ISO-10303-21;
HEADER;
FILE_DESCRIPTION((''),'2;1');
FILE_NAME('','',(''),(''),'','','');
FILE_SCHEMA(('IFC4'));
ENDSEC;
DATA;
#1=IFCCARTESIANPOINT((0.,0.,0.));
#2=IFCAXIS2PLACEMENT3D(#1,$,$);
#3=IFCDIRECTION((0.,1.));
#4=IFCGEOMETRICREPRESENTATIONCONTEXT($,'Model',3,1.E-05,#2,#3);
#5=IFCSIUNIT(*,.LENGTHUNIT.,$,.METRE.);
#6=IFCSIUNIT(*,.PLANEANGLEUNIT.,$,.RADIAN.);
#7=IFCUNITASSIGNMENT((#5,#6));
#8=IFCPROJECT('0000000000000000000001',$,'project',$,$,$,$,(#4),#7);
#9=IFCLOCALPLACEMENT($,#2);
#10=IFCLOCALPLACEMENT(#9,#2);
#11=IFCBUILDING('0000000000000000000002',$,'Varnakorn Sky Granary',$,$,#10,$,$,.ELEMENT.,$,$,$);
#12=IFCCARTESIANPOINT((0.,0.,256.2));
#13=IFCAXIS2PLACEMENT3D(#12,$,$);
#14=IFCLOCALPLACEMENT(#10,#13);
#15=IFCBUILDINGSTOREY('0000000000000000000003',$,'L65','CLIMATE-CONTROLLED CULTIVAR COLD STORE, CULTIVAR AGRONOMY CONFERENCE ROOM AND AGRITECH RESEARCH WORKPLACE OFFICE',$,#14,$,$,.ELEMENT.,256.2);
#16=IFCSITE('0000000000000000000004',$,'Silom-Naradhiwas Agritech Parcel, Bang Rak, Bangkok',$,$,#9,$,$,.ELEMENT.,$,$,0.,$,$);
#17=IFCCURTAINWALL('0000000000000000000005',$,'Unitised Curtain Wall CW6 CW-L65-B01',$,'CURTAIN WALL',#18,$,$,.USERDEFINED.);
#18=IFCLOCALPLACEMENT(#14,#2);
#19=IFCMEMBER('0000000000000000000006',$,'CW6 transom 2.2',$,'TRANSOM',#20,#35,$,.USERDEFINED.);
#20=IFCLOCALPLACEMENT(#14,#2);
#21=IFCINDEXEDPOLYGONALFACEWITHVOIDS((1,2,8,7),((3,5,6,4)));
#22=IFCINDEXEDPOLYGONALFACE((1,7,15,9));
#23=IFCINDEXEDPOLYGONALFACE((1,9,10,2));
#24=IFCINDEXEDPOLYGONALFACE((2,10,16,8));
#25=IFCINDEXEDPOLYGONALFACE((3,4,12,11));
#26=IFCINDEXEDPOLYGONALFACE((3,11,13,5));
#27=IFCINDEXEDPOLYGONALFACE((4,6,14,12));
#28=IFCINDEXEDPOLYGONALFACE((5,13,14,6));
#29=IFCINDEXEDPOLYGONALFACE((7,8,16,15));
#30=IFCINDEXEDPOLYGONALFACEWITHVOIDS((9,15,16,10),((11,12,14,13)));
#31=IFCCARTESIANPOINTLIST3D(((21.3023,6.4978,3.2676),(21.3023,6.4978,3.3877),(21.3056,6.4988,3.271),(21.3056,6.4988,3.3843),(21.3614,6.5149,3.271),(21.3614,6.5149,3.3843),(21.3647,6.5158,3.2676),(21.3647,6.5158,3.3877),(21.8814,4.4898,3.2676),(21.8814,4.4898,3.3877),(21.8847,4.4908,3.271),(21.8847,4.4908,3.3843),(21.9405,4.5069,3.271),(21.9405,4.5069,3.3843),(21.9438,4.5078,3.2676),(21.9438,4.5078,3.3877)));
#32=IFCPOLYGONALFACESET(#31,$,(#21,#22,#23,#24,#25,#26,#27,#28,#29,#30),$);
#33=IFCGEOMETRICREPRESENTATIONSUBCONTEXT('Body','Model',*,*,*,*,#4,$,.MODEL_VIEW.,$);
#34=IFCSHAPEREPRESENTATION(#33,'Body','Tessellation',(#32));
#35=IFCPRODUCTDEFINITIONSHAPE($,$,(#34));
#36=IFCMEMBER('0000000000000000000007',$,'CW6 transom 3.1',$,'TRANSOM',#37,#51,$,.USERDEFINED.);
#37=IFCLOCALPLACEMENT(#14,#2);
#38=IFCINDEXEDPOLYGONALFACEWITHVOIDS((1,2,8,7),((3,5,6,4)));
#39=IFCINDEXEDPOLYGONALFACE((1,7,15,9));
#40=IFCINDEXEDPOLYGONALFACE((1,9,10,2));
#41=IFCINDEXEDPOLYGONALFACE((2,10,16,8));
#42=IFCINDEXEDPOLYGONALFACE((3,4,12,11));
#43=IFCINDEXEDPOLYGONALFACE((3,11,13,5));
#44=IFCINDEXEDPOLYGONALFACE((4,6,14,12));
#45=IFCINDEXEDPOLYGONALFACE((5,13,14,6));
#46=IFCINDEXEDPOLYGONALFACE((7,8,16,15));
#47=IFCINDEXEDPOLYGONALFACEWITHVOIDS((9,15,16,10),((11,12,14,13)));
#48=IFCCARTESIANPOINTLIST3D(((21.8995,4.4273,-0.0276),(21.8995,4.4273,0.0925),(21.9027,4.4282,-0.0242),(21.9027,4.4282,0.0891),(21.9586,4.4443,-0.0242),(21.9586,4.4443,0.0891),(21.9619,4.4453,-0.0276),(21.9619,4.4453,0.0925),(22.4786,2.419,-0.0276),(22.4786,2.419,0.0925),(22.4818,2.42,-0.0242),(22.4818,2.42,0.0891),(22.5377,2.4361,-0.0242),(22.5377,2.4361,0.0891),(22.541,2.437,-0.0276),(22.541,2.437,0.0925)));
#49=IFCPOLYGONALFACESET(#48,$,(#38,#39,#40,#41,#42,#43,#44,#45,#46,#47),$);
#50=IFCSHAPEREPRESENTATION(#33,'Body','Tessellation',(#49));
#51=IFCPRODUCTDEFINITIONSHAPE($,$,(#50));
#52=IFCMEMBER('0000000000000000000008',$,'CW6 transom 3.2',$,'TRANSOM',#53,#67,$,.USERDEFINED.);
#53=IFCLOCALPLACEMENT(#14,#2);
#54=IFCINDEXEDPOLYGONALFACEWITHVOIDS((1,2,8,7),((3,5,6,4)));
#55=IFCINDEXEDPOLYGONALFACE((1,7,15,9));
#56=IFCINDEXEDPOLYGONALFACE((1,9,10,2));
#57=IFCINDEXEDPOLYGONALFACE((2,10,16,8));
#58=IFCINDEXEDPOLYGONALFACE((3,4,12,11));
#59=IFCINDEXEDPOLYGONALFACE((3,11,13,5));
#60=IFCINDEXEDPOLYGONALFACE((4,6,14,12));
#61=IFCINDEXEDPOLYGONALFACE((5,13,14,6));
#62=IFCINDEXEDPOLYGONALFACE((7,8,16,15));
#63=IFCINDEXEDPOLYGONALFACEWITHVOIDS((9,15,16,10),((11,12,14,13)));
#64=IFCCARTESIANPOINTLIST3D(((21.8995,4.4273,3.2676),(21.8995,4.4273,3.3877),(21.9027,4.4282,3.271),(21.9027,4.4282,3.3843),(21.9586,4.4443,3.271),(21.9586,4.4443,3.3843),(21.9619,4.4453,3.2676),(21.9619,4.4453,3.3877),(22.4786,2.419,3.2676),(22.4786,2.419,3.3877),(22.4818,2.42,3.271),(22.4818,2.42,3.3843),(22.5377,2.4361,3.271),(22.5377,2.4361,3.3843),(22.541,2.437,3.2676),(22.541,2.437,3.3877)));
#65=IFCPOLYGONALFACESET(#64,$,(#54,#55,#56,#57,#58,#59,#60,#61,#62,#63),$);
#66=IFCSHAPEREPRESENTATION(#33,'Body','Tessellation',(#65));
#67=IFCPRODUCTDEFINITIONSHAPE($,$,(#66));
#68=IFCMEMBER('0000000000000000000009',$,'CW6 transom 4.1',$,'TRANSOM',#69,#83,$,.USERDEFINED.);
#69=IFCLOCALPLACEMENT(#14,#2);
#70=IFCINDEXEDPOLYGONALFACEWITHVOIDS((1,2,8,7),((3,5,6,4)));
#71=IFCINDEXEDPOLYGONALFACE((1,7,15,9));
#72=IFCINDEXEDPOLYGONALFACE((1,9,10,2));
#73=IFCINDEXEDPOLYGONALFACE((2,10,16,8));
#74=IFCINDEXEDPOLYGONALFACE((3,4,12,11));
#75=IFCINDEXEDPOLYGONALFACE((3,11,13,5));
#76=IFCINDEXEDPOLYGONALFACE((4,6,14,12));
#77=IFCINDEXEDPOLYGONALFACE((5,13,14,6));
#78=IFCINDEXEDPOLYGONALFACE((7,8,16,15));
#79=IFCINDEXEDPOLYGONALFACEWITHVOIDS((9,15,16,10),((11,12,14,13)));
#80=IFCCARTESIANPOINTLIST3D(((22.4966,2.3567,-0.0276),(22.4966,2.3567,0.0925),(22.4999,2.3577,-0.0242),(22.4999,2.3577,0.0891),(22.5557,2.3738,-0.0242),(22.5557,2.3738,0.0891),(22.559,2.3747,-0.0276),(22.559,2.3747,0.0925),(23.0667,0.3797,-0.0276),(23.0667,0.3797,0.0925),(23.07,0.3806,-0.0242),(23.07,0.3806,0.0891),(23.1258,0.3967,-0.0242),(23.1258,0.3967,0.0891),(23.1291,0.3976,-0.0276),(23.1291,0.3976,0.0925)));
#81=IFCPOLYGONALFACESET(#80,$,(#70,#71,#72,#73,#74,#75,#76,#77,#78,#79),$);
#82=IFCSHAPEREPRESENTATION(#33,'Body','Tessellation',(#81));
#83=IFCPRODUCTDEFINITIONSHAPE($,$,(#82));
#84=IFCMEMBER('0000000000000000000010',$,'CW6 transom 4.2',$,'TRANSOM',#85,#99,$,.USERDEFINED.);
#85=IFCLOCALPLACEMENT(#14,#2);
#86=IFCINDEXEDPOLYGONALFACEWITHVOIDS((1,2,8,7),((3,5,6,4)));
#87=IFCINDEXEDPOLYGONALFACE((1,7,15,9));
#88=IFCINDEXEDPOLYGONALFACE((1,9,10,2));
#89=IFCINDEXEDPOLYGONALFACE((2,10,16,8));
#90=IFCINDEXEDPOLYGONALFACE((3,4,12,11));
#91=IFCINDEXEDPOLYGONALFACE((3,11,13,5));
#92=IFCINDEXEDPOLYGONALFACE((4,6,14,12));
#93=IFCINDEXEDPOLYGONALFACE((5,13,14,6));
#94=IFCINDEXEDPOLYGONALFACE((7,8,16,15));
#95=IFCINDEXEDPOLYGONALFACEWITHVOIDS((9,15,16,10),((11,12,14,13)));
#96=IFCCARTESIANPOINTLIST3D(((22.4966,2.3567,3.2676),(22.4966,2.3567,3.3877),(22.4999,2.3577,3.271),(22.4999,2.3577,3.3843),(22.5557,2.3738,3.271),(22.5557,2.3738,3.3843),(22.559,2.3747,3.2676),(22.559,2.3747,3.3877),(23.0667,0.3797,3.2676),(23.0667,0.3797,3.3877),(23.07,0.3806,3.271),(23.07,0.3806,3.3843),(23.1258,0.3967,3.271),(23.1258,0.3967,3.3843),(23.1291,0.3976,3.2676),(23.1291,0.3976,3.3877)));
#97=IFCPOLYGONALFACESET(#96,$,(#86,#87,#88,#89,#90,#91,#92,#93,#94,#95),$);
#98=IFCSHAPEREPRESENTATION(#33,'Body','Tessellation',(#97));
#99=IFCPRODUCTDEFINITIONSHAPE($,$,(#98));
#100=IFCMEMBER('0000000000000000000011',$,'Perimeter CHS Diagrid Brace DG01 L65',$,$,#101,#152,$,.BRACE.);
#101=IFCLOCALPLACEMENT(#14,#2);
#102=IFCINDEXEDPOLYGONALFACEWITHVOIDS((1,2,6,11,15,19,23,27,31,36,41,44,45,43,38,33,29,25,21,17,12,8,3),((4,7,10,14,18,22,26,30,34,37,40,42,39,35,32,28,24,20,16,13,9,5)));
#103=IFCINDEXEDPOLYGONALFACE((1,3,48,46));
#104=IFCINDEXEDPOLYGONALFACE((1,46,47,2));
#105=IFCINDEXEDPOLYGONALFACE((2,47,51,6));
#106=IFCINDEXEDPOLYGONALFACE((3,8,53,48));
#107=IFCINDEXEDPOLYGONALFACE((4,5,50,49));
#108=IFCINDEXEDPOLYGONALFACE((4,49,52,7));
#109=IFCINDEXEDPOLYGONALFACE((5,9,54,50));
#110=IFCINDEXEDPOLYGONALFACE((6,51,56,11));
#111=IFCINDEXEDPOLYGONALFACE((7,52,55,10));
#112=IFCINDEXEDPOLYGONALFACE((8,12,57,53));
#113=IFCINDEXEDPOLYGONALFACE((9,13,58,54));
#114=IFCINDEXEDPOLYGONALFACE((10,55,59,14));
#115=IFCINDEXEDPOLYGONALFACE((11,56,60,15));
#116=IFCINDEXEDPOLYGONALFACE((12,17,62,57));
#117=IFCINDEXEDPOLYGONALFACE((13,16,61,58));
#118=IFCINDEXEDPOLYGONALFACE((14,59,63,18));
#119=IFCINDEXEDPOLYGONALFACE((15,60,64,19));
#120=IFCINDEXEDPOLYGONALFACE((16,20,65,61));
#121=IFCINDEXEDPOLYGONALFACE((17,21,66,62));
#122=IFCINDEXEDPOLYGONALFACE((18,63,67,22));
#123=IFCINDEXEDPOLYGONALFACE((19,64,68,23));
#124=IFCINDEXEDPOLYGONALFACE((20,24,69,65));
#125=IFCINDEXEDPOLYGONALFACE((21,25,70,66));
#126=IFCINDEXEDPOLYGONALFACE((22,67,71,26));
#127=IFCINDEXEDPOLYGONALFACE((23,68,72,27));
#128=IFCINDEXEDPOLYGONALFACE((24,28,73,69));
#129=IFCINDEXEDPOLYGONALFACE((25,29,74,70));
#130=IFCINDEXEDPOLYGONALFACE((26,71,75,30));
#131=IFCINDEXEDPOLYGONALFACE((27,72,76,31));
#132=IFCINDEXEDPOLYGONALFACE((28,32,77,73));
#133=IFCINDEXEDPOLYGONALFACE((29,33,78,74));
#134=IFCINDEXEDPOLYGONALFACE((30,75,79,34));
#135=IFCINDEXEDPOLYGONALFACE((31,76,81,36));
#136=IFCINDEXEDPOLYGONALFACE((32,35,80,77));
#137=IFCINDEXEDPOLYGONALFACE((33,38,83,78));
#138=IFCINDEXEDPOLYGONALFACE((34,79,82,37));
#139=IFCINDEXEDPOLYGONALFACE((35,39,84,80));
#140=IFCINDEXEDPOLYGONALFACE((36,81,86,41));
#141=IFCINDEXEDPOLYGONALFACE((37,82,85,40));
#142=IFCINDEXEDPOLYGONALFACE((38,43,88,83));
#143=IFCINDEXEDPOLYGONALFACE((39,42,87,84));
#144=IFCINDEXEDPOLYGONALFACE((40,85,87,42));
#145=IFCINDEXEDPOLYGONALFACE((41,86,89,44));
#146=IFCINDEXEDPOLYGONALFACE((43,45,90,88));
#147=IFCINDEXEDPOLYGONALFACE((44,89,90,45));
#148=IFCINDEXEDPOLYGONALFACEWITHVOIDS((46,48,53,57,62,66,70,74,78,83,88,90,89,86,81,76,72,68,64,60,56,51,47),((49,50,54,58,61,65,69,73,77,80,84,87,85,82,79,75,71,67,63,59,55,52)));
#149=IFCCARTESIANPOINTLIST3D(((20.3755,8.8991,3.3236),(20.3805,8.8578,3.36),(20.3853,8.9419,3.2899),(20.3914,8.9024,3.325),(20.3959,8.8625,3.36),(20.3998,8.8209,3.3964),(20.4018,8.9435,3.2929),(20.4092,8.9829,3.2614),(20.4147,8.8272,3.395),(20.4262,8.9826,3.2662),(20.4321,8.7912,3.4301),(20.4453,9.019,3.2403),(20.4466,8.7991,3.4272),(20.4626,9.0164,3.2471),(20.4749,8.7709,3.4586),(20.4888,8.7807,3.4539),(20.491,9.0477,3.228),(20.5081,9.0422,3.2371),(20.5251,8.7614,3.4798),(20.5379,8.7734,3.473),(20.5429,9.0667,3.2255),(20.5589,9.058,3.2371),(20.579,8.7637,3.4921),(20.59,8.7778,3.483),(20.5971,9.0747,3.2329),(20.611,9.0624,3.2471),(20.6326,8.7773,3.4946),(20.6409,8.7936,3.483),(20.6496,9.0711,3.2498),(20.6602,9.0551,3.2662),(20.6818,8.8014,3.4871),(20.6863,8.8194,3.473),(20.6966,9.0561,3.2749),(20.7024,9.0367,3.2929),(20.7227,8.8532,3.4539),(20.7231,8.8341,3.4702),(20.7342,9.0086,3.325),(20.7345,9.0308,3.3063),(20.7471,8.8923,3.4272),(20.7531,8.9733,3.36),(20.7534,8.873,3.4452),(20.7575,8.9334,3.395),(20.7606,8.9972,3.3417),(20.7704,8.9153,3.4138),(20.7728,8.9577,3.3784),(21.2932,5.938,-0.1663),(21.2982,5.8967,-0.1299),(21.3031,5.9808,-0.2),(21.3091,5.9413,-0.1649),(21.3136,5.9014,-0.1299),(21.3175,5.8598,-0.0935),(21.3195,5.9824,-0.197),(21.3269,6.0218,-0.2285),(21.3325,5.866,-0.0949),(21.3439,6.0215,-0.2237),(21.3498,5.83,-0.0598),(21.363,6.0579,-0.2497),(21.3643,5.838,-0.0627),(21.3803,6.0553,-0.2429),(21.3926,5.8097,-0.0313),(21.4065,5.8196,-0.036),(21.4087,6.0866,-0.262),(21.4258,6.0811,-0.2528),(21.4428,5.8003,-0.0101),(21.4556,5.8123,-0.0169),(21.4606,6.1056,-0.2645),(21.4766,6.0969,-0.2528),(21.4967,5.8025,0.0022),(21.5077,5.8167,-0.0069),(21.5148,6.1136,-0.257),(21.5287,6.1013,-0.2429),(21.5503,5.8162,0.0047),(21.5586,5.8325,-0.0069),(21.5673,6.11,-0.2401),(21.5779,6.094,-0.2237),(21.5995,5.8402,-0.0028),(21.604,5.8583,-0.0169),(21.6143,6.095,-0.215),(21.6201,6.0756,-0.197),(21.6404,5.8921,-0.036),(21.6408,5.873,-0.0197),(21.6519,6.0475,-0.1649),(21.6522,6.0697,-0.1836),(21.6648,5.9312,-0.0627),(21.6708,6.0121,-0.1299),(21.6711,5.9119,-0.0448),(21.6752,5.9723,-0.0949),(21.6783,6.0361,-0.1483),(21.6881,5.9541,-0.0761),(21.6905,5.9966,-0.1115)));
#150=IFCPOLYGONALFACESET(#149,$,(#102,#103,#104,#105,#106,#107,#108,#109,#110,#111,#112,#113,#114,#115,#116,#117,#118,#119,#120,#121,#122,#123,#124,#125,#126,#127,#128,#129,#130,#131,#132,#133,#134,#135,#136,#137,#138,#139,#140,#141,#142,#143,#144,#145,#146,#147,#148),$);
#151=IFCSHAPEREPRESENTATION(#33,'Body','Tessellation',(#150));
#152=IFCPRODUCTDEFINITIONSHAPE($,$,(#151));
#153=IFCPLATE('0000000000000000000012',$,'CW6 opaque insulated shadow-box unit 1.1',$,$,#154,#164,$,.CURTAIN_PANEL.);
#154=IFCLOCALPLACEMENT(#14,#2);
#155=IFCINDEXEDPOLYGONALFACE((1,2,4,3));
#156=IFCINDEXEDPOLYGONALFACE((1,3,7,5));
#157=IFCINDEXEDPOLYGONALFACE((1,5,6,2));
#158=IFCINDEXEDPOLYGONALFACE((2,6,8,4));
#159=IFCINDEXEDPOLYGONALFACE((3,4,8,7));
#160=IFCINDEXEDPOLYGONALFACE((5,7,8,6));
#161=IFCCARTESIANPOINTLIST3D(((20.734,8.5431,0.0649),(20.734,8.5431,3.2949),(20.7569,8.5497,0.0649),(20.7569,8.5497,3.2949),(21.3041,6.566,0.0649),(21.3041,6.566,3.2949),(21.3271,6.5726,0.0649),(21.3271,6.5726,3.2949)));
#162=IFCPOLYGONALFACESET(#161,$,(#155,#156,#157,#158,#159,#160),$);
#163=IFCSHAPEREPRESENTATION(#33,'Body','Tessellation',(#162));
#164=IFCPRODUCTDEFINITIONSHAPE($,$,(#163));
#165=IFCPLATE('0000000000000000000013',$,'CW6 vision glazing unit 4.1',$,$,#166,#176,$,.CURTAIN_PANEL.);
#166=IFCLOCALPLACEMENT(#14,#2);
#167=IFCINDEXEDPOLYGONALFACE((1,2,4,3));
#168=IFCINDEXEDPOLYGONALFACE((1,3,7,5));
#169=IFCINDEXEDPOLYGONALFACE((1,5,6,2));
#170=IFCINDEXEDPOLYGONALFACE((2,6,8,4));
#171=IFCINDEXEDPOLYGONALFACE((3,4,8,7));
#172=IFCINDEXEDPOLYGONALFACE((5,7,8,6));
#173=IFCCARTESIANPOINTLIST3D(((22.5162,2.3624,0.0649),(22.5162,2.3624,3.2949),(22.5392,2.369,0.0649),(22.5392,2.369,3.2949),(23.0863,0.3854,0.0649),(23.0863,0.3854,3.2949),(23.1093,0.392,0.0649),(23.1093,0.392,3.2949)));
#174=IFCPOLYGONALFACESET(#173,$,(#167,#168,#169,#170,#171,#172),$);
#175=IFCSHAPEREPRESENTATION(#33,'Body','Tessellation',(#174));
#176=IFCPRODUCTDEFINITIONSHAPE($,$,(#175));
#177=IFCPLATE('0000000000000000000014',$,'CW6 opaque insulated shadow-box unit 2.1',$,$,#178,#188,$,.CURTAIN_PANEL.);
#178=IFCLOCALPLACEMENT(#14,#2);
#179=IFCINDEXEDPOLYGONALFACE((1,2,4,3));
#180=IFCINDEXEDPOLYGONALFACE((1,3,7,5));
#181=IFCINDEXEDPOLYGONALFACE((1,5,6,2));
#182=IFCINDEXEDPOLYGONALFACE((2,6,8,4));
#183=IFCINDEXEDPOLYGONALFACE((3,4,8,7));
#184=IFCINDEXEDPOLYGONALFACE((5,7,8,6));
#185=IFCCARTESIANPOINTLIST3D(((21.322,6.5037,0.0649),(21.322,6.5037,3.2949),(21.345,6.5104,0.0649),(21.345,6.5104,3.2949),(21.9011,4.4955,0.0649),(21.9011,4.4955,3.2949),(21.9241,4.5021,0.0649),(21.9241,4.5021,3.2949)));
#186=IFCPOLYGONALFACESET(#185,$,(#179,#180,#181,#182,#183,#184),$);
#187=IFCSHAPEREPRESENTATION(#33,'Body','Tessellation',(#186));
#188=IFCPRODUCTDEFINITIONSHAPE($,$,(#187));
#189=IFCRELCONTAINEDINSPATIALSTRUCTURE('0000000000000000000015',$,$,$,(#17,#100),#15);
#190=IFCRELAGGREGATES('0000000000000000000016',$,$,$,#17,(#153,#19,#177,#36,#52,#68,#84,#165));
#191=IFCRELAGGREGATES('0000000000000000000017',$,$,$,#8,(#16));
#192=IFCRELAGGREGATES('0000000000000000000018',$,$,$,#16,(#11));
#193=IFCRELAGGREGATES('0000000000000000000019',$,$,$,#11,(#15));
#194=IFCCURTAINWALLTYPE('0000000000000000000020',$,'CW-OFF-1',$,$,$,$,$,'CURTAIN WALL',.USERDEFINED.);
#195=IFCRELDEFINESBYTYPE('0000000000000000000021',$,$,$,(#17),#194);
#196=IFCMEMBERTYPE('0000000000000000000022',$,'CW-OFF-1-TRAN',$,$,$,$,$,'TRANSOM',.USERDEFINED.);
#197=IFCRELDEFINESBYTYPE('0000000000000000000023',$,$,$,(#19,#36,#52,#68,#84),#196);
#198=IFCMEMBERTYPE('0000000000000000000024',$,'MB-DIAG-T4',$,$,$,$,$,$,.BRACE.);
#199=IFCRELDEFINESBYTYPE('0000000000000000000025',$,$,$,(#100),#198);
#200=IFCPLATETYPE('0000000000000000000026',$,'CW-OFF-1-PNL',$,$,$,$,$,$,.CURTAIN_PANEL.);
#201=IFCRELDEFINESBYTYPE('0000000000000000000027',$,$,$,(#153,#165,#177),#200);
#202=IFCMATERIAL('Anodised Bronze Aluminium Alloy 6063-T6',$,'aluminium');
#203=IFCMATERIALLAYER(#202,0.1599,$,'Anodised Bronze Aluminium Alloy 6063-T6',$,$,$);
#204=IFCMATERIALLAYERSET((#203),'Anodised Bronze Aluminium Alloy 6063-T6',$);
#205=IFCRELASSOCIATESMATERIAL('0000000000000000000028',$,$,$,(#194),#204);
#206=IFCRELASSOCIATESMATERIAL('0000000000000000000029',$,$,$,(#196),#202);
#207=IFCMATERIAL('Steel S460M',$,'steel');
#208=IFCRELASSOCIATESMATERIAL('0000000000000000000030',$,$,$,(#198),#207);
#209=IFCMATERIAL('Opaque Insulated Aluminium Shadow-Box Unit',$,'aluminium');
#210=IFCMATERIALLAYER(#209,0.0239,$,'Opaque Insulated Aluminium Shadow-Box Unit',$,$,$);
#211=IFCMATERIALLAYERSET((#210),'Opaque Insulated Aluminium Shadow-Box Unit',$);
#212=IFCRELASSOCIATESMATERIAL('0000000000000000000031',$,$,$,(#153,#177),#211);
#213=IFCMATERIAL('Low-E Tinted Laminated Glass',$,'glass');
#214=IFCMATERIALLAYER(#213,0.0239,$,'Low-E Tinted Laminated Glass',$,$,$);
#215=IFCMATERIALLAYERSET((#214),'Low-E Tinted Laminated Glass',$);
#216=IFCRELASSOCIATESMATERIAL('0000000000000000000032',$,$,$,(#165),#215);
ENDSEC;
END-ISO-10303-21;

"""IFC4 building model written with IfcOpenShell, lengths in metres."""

from ifc_helpers import new_model, si_unit, direction, frame, origin, origin_2d, place, context, subcontext, project, spatial, rectangle, hollow_rectangle, hollow_circle, extrude, source, transform, mapped, material, layer, layer_set, material_profile, profile_set, type_object, type_shapes, element, aggregate, save


model = new_model("IFC4")

# Units and contexts
model_context = context("Model", 3, precision=1e-05, world=origin(), true_north=direction((0.0, 1.0)))
body_context = subcontext(model_context, "Body", "Model", "MODEL_VIEW")
ifc_project = project(units=[si_unit("LENGTHUNIT", "METRE"), si_unit("PLANEANGLEUNIT", "RADIAN")], contexts=[model_context])

# Site, building, storey
site_placement = place(None, origin())
site = spatial("IfcSite", under=ifc_project, at=site_placement, Name="Silom-Naradhiwas Agritech Parcel, Bang Rak, Bangkok", CompositionType="ELEMENT", RefElevation=0.0)
building_placement = place(site_placement, origin())
building = spatial("IfcBuilding", under=site, at=building_placement, Name="Varnakorn Sky Granary", CompositionType="ELEMENT")
storey_placement = place(building_placement, frame((0.0, 0.0, 256.2)))
storey = spatial("IfcBuildingStorey", under=building, at=storey_placement, Name="L65", Description="CLIMATE-CONTROLLED CULTIVAR COLD STORE, CULTIVAR AGRONOMY CONFERENCE ROOM AND AGRITECH RESEARCH WORKPLACE OFFICE", CompositionType="ELEMENT", Elevation=256.2)

# Shared definitions
ifc_material_1 = material(Name="Steel S460M", Category="steel")

# Curtain wall, members
ifc_material_2 = material(Name="Anodised Bronze Aluminium Alloy 6063-T6", Category="aluminium")
ifc_layer_1 = layer(ifc_material_2, 0.1599, Name="Anodised Bronze Aluminium Alloy 6063-T6")
ifc_layer_set_1 = layer_set([ifc_layer_1], Name="Anodised Bronze Aluminium Alloy 6063-T6")
curtain_wall_type = type_object("IfcCurtainWallType", Name="CW-OFF-1", ElementType="CURTAIN WALL", PredefinedType="USERDEFINED", material=ifc_layer_set_1)
curtain_wall_placement = place(storey_placement, origin())
curtain_wall = element("IfcCurtainWall", 1, at=curtain_wall_placement, inside=storey, type_object=curtain_wall_type, Name="Unitised Curtain Wall CW6 CW-L65-B01", ObjectType="CURTAIN WALL", PredefinedType="USERDEFINED")
ifc_material_profile_1 = material_profile(ifc_material_2, hollow_rectangle(XDim=0.0649, YDim=0.1201, WallThickness=0.0034, at=origin_2d()), Name="ALU TRAN 65x120")
ifc_profile_set_1 = profile_set([ifc_material_profile_1], Name="Anodised Bronze Aluminium Alloy 6063-T6")
member_type_1 = type_object("IfcMemberType", Name="CW-OFF-1-TRAN", ElementType="TRANSOM", PredefinedType="USERDEFINED", material=ifc_profile_set_1)
member_1_placement = place(storey_placement, frame((21.3335, 6.5068, 3.3276), z_axis=(0.277096, -0.960842, 0.0), x_axis=(0.960842, 0.277096, 0.0)))
member_1 = element("IfcMember", 2, at=member_1_placement, type_object=member_type_1, Name="CW6 transom 2.2", ObjectType="TRANSOM", PredefinedType="USERDEFINED", context=body_context, shape_type="SweptSolid", body=[
    extrude(hollow_rectangle(XDim=0.0649, YDim=0.1201, WallThickness=0.0034, at=origin_2d()), origin(), (0.0, 0.0, 1.0), 2.0898),
])
member_2_placement = place(storey_placement, frame((21.9307, 4.4363, 0.0325), z_axis=(0.277065, -0.960851, 0.0), x_axis=(0.960851, 0.277065, 0.0)))
member_2 = element("IfcMember", 3, at=member_2_placement, type_object=member_type_1, Name="CW6 transom 3.1", ObjectType="TRANSOM", PredefinedType="USERDEFINED", context=body_context, shape_type="SweptSolid", body=[
    extrude(hollow_rectangle(XDim=0.0649, YDim=0.1201, WallThickness=0.0034, at=origin_2d()), origin(), (0.0, 0.0, 1.0), 2.0901),
])
member_3_placement = place(storey_placement, frame((21.9307, 4.4363, 3.3276), z_axis=(0.277065, -0.960851, 0.0), x_axis=(0.960851, 0.277065, 0.0)))
member_3 = element("IfcMember", 4, at=member_3_placement, type_object=member_type_1, Name="CW6 transom 3.2", ObjectType="TRANSOM", PredefinedType="USERDEFINED", context=body_context, shape_type="SweptSolid", body=[
    extrude(hollow_rectangle(XDim=0.0649, YDim=0.1201, WallThickness=0.0034, at=origin_2d()), origin(), (0.0, 0.0, 1.0), 2.0901),
])
member_4_placement = place(storey_placement, frame((22.5278, 2.3657, 0.0325), z_axis=(0.277055, -0.960854, 0.0), x_axis=(0.960854, 0.277055, 0.0)))
member_4 = element("IfcMember", 5, at=member_4_placement, type_object=member_type_1, Name="CW6 transom 4.1", ObjectType="TRANSOM", PredefinedType="USERDEFINED", context=body_context, shape_type="SweptSolid", body=[
    extrude(hollow_rectangle(XDim=0.0649, YDim=0.1201, WallThickness=0.0034, at=origin_2d()), origin(), (0.0, 0.0, 1.0), 2.0576),
])
member_5_placement = place(storey_placement, frame((22.5278, 2.3657, 3.3276), z_axis=(0.277055, -0.960854, 0.0), x_axis=(0.960854, 0.277055, 0.0)))
member_5 = element("IfcMember", 6, at=member_5_placement, type_object=member_type_1, Name="CW6 transom 4.2", ObjectType="TRANSOM", PredefinedType="USERDEFINED", context=body_context, shape_type="SweptSolid", body=[
    extrude(hollow_rectangle(XDim=0.0649, YDim=0.1201, WallThickness=0.0034, at=origin_2d()), origin(), (0.0, 0.0, 1.0), 2.0576),
])

# Member
ifc_material_profile_2 = material_profile(ifc_material_1, hollow_circle(Radius=0.2031, WallThickness=0.0161, at=origin_2d()), Name="CHS 406.4x16")
ifc_profile_set_2 = profile_set([ifc_material_profile_2], Name="Steel S460M")
member_type_2 = type_object("IfcMemberType", Name="MB-DIAG-T4", PredefinedType="BRACE", material=ifc_profile_set_2)
member_6_placement = place(storey_placement, frame((21.4922, 5.9568, -0.1299), z_axis=(-0.196596, 0.634349, 0.747631), x_axis=(-0.955179, -0.296028, 0.0)))
element("IfcMember", 7, at=member_6_placement, inside=storey, type_object=member_type_2, Name="Perimeter CHS Diagrid Brace DG01 L65", PredefinedType="BRACE", context=body_context, shape_type="SweptSolid", body=[
    extrude(hollow_circle(Radius=0.2031, WallThickness=0.0161, at=origin_2d()), origin(), (0.0, 0.0, 1.0), 4.668),
])

# Plates
ifc_material_3 = material(Name="Opaque Insulated Aluminium Shadow-Box Unit", Category="aluminium")
ifc_layer_2 = layer(ifc_material_3, 0.0239, Name="Opaque Insulated Aluminium Shadow-Box Unit")
ifc_layer_set_2 = layer_set([ifc_layer_2], Name="Opaque Insulated Aluminium Shadow-Box Unit")
plate_type = type_object("IfcPlateType", Name="CW-OFF-1-PNL", PredefinedType="CURTAIN_PANEL")
shared_shape_1 = source(origin(), body_context, "Body", "SweptSolid", [
    extrude(rectangle(XDim=2.0576, YDim=0.0239, at=origin_2d()), origin(), (0.0, 0.0, 1.0), 3.23),
])
plate_1_placement = place(storey_placement, frame((21.0305, 7.5579, 0.0649), z_axis=(0.0, 0.0, 1.0), x_axis=(0.277084, -0.960846, 0.0)))
plate_1 = element("IfcPlate", 8, at=plate_1_placement, type_object=plate_type, material=ifc_layer_set_2, Name="CW6 opaque insulated shadow-box unit 1.1", PredefinedType="CURTAIN_PANEL", context=body_context, shape_type="MappedRepresentation", body=[
    mapped(shared_shape_1, transform((0.0, 0.0, 0.0), x_axis=(1.0, 0.0, 0.0), y_axis=(0.0, 1.0, 0.0), z_axis=(0.0, 0.0, 1.0), scale=1.0)),
])
ifc_material_4 = material(Name="Low-E Tinted Laminated Glass", Category="glass")
ifc_layer_3 = layer(ifc_material_4, 0.0239, Name="Low-E Tinted Laminated Glass")
ifc_layer_set_3 = layer_set([ifc_layer_3], Name="Low-E Tinted Laminated Glass")
plate_2_placement = place(storey_placement, frame((22.8127, 1.3772, 0.0649), z_axis=(0.0, 0.0, 1.0), x_axis=(0.277084, -0.960846, 0.0)))
plate_2 = element("IfcPlate", 9, at=plate_2_placement, type_object=plate_type, material=ifc_layer_set_3, Name="CW6 vision glazing unit 4.1", PredefinedType="CURTAIN_PANEL", context=body_context, shape_type="MappedRepresentation", body=[
    mapped(shared_shape_1, transform((0.0, 0.0, 0.0), x_axis=(1.0, 0.0, 0.0), y_axis=(0.0, 1.0, 0.0), z_axis=(0.0, 0.0, 1.0), scale=1.0)),
])
shared_shape_2 = source(origin(), body_context, "Body", "SweptSolid", [
    extrude(rectangle(XDim=2.0901, YDim=0.0239, at=origin_2d()), origin(), (0.0, 0.0, 1.0), 3.23),
])
type_shapes(plate_type, [shared_shape_1, shared_shape_2])
plate_3_placement = place(storey_placement, frame((21.623, 5.5029, 0.0649), z_axis=(0.0, 0.0, 1.0), x_axis=(0.277084, -0.960846, 0.0)))
plate_3 = element("IfcPlate", 10, at=plate_3_placement, type_object=plate_type, material=ifc_layer_set_2, Name="CW6 opaque insulated shadow-box unit 2.1", PredefinedType="CURTAIN_PANEL", context=body_context, shape_type="MappedRepresentation", body=[
    mapped(shared_shape_2, transform((0.0, 0.0, 0.0), x_axis=(1.0, 0.0, 0.0), y_axis=(0.0, 1.0, 0.0), z_axis=(0.0, 0.0, 1.0), scale=1.0)),
])
aggregate(curtain_wall, [plate_1, member_1, plate_3, member_2, member_3, member_4, member_5, plate_2])

save(model, "model.ifc")
